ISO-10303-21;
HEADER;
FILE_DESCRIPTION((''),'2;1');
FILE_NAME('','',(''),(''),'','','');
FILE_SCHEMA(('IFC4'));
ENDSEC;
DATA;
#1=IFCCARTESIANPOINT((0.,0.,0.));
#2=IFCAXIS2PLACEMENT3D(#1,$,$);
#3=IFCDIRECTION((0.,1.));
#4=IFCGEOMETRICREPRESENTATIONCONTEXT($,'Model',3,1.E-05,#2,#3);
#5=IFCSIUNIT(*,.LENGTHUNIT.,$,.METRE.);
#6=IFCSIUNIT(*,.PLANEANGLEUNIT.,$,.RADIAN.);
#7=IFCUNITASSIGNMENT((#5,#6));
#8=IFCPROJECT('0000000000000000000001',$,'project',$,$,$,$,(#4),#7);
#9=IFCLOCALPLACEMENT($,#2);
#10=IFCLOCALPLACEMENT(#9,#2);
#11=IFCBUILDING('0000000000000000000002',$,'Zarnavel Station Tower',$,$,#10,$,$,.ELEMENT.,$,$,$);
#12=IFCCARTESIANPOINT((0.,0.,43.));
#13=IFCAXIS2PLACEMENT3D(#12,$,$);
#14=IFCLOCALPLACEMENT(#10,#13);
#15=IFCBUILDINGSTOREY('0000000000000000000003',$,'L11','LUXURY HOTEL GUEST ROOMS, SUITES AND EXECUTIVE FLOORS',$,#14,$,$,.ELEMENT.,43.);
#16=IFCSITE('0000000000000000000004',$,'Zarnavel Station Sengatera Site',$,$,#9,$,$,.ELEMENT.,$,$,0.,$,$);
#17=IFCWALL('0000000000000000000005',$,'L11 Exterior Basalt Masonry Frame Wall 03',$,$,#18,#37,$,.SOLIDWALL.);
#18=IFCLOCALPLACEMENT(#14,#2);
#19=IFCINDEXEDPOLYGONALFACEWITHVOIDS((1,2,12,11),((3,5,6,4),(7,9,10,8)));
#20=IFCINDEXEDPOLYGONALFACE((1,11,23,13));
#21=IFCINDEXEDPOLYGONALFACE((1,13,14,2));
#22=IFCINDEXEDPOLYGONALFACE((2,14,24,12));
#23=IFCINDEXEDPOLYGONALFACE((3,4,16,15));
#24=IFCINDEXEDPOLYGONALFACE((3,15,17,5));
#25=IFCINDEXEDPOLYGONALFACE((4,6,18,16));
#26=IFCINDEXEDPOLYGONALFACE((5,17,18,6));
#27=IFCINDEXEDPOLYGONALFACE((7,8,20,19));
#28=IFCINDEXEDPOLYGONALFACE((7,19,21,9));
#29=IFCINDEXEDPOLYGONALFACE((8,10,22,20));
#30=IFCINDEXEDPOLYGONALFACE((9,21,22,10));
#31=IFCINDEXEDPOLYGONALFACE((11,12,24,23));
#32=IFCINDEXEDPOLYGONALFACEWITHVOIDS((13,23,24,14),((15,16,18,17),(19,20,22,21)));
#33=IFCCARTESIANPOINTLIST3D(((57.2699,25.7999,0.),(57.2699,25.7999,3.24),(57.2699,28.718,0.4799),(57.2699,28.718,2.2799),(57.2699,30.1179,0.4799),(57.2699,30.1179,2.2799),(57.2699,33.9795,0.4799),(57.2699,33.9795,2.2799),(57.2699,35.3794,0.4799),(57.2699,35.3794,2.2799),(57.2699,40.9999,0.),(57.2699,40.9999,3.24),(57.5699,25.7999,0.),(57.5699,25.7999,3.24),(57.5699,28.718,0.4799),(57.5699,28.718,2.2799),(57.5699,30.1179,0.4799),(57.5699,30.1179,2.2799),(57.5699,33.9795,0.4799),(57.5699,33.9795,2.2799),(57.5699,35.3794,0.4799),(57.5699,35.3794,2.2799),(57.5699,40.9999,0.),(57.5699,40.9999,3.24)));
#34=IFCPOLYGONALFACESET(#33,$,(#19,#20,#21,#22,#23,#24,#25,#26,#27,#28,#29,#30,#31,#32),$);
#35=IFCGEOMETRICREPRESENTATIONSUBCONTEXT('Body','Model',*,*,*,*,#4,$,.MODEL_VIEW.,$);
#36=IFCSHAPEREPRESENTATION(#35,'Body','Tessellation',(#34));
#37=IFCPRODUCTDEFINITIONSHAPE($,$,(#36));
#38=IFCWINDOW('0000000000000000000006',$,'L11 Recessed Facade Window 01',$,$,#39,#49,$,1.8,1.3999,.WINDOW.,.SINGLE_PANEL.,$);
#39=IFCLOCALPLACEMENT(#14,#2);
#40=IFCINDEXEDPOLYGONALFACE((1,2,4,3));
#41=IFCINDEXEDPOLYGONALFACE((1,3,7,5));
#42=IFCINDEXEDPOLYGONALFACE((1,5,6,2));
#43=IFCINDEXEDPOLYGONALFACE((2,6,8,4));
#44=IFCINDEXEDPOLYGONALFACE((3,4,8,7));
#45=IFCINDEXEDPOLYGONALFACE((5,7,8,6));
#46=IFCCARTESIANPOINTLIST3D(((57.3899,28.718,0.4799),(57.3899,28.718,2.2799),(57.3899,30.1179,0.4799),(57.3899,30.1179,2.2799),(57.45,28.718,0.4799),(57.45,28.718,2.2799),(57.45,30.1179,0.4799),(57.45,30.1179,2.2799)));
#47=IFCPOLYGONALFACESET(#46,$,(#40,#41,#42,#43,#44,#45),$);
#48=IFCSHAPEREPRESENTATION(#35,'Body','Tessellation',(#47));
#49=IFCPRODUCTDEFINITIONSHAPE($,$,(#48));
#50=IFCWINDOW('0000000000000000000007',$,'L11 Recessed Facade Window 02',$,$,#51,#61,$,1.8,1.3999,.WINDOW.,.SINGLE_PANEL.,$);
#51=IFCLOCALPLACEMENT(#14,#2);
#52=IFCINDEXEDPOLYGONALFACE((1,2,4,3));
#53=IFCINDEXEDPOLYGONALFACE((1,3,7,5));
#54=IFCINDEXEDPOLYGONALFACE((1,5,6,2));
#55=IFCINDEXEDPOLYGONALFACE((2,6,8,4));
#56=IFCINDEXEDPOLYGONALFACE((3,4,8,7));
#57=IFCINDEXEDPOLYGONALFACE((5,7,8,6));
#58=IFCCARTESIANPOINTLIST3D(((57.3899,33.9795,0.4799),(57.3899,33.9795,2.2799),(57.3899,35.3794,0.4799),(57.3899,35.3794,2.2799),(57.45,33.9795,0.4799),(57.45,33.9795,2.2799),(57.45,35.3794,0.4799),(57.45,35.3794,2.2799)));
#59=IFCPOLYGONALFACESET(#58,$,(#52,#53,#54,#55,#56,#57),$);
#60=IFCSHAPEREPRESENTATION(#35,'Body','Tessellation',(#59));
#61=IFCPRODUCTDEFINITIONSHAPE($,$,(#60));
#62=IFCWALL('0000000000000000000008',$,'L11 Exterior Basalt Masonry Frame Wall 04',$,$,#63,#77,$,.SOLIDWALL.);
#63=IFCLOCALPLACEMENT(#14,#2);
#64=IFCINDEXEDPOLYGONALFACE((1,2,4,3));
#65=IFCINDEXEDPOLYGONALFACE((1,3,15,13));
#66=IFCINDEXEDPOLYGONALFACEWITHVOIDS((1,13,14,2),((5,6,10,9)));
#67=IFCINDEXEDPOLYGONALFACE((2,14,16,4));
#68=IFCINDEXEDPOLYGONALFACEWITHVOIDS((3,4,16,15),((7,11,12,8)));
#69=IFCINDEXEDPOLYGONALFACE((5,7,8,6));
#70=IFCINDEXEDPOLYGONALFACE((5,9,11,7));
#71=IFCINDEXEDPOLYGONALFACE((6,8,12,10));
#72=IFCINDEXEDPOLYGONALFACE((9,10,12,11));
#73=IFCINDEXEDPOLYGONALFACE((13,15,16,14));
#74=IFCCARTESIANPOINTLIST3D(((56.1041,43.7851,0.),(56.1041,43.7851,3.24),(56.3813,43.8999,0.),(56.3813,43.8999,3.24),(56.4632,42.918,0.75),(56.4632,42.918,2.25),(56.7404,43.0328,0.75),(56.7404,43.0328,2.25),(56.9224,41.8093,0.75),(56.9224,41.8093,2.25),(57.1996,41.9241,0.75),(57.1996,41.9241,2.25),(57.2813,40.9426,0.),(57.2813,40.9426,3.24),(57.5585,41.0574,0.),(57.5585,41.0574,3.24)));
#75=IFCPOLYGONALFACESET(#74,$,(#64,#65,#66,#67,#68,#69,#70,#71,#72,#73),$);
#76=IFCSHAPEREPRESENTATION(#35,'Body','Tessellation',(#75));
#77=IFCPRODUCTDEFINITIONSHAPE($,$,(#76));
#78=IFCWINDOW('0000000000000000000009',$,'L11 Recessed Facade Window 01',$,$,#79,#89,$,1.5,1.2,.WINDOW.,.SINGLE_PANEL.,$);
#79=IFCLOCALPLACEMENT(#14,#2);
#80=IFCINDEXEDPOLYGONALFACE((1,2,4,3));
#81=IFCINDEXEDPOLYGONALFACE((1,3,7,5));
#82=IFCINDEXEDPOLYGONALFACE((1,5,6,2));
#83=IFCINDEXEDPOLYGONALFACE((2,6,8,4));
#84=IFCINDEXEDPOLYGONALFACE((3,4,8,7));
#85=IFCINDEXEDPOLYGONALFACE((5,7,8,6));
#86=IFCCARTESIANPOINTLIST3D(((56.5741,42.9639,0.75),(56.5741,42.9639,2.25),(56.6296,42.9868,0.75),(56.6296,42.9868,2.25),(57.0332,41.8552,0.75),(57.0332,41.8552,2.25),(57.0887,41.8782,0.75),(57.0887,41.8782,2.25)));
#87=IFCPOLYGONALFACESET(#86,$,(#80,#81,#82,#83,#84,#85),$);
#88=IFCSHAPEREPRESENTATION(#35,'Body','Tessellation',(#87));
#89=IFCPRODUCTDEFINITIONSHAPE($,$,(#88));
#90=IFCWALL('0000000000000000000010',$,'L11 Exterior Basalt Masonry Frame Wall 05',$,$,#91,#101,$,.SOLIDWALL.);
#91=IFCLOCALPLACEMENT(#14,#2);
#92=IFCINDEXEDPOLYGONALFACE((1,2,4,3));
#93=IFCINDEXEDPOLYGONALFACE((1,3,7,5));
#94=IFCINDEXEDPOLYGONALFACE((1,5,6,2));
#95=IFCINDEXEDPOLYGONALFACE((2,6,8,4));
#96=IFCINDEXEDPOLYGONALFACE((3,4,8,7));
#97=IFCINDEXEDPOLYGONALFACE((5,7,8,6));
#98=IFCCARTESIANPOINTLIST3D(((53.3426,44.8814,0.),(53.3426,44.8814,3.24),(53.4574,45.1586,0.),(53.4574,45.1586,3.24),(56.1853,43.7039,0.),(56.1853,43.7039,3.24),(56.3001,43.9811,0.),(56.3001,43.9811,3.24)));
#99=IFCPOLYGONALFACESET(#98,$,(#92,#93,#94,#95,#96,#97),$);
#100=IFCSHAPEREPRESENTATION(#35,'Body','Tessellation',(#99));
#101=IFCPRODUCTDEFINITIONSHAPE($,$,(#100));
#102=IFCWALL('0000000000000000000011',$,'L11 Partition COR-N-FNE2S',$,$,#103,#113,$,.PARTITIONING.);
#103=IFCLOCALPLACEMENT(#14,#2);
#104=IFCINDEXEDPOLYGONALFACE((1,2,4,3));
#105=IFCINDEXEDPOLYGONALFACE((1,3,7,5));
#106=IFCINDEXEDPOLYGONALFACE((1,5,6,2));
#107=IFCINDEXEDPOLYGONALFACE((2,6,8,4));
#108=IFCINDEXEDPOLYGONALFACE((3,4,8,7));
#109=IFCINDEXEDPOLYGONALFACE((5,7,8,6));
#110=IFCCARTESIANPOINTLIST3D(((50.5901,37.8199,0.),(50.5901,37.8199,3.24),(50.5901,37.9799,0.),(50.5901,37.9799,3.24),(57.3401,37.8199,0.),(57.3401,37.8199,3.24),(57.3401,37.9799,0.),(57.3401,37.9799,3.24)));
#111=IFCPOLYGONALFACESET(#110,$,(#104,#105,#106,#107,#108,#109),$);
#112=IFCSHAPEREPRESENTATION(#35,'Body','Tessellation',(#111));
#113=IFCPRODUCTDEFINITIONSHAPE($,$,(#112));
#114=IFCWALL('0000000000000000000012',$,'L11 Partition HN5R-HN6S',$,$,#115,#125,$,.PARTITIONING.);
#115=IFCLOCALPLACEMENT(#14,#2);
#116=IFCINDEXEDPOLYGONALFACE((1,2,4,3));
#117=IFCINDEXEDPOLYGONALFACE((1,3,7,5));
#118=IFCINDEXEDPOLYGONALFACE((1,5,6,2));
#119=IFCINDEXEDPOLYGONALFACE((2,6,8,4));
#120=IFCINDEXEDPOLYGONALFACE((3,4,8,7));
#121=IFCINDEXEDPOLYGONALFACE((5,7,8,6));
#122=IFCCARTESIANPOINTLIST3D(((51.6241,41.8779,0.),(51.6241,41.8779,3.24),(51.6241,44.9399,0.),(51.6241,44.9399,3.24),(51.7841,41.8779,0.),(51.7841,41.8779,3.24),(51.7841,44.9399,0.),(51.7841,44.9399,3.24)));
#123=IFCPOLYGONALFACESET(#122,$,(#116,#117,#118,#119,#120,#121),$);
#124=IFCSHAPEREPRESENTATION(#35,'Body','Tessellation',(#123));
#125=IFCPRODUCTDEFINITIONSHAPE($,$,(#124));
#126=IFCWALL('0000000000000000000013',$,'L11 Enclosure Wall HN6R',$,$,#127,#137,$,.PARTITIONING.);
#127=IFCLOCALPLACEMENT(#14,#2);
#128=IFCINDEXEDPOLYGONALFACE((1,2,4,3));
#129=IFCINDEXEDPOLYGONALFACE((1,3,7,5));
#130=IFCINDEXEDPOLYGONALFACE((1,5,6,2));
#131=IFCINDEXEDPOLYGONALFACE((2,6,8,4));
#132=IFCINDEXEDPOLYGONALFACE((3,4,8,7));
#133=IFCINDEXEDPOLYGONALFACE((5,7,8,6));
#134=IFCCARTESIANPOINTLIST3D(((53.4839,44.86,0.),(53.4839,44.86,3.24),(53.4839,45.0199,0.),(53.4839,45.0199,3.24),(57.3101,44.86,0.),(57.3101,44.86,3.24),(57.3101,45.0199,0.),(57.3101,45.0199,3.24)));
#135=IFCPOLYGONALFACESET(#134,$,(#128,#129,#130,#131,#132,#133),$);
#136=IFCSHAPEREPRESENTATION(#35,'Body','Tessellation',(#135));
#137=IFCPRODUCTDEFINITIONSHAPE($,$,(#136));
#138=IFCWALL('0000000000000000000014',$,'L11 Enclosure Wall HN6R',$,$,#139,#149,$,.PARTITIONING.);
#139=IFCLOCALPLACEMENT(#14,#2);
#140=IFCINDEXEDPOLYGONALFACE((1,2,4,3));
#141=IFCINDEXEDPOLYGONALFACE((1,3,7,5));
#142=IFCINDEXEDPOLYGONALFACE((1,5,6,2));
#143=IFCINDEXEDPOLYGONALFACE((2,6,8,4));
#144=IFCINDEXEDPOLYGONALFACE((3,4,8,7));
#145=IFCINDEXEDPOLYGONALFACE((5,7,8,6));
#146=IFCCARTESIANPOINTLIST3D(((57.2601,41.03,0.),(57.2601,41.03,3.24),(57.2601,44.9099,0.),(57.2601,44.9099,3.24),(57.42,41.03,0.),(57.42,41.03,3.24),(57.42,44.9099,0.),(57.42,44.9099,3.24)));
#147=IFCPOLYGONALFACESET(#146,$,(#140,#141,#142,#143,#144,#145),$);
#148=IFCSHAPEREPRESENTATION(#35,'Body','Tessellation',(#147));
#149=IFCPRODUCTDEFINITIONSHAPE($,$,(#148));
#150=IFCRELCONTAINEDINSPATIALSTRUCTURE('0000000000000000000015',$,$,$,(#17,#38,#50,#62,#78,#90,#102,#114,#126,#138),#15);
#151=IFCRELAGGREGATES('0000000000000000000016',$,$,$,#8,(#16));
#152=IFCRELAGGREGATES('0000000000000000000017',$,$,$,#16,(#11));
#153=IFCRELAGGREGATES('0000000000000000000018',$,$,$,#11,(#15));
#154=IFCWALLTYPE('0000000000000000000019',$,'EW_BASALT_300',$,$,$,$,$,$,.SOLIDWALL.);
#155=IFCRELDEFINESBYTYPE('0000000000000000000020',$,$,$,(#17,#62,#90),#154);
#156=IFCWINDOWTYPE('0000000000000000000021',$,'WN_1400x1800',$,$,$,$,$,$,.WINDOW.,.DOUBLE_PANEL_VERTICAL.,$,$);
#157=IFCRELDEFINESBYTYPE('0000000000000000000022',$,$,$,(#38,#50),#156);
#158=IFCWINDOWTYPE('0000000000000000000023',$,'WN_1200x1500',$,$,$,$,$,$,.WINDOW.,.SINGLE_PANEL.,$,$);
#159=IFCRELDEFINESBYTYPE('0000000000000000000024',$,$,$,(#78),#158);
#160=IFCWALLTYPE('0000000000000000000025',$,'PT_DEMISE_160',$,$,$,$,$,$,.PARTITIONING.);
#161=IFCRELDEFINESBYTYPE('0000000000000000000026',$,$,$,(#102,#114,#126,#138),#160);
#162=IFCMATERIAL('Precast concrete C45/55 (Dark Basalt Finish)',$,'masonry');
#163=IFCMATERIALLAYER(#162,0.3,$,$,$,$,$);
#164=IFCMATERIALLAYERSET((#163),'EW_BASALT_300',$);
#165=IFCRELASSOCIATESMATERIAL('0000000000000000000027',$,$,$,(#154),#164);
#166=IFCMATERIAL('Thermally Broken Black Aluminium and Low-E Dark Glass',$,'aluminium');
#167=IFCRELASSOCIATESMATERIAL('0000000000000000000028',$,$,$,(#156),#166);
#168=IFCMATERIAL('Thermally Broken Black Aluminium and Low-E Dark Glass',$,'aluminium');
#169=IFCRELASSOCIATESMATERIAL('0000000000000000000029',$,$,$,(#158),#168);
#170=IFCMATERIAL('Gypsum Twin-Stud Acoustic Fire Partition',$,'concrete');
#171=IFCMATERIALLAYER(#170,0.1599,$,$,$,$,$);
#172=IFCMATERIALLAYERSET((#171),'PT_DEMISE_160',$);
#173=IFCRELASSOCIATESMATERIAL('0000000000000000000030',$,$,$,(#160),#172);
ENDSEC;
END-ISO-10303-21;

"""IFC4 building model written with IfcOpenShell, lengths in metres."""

from ifc_helpers import new_model, si_unit, direction, frame, frame_2d, origin, place, context, subcontext, project, spatial, rectangle, extrude, material, layer, layer_set, type_object, element, fill, save


model = new_model("IFC4")

# Units and contexts
model_context = context("Model", 3, precision=1e-05, world=origin(), true_north=direction((0.0, 1.0)))
body_context = subcontext(model_context, "Body", "Model", "MODEL_VIEW")
ifc_project = project(units=[si_unit("LENGTHUNIT", "METRE"), si_unit("PLANEANGLEUNIT", "RADIAN")], contexts=[model_context])

# Site, building, storey
site_placement = place(None, origin())
site = spatial("IfcSite", under=ifc_project, at=site_placement, Name="Zarnavel Station Sengatera Site", CompositionType="ELEMENT", RefElevation=0.0)
building_placement = place(site_placement, origin())
building = spatial("IfcBuilding", under=site, at=building_placement, Name="Zarnavel Station Tower", CompositionType="ELEMENT")
storey_placement = place(building_placement, frame((0.0, 0.0, 43.0)))
storey = spatial("IfcBuildingStorey", under=building, at=storey_placement, Name="L11", Description="LUXURY HOTEL GUEST ROOMS, SUITES AND EXECUTIVE FLOORS", CompositionType="ELEMENT", Elevation=43.0)

# Wall, openings, windows
ifc_material_1 = material(Name="Precast concrete C45/55 (Dark Basalt Finish)", Category="masonry")
ifc_layer_1 = layer(ifc_material_1, 0.3)
ifc_layer_set_1 = layer_set([ifc_layer_1], Name="EW_BASALT_300")
wall_type_1 = type_object("IfcWallType", Name="EW_BASALT_300", PredefinedType="SOLIDWALL", material=ifc_layer_set_1)
wall_1_placement = place(storey_placement, frame((57.4199, 41.0, 0.0), z_axis=(0.0, 0.0, 1.0), x_axis=(0.0, -1.0, 0.0)))
wall_1 = element("IfcWall", 1, at=wall_1_placement, inside=storey, type_object=wall_type_1, Name="L11 Exterior Basalt Masonry Frame Wall 03", PredefinedType="SOLIDWALL", context=body_context, shape_type="SweptSolid", body=[
    extrude(rectangle(XDim=15.2, YDim=0.3, at=frame_2d((7.6001, 0.0))), origin(), (0.0, 0.0, 1.0), 3.24),
])
opening_1_placement = place(wall_1_placement, frame((10.8821, 0.0, 0.48)))
opening_1 = element("IfcOpeningElement", 2, at=opening_1_placement, cuts=wall_1, PredefinedType="OPENING", context=body_context, shape_type="SweptSolid", body=[
    extrude(rectangle(XDim=1.3999, YDim=1.8, at=frame_2d((0.7, 0.8999))), frame((0.0, 0.1599, 0.0), z_axis=(0.0, -1.0, 0.0), x_axis=(1.0, 0.0, 0.0)), (0.0, 0.0, 1.0), 0.3201),
])
opening_2_placement = place(wall_1_placement, frame((5.6206, 0.0, 0.48)))
opening_2 = element("IfcOpeningElement", 3, at=opening_2_placement, cuts=wall_1, PredefinedType="OPENING", context=body_context, shape_type="SweptSolid", body=[
    extrude(rectangle(XDim=1.3999, YDim=1.8, at=frame_2d((0.7, 0.8999))), frame((0.0, 0.1599, 0.0), z_axis=(0.0, -1.0, 0.0), x_axis=(1.0, 0.0, 0.0)), (0.0, 0.0, 1.0), 0.3201),
])
ifc_material_2 = material(Name="Thermally Broken Black Aluminium and Low-E Dark Glass", Category="aluminium")
window_type_1 = type_object("IfcWindowType", Name="WN_1400x1800", PartitioningType="DOUBLE_PANEL_VERTICAL", PredefinedType="WINDOW", material=ifc_material_2)
window_1_placement = place(opening_1_placement, origin())
window_1 = element("IfcWindow", 4, at=window_1_placement, inside=storey, type_object=window_type_1, Name="L11 Recessed Facade Window 01", OverallHeight=1.8, OverallWidth=1.3999, PartitioningType="SINGLE_PANEL", PredefinedType="WINDOW", context=body_context, shape_type="SweptSolid", body=[
    extrude(rectangle(XDim=1.3999, YDim=1.8, at=frame_2d((0.7, 0.8999))), frame((0.0, 0.03, 0.0), z_axis=(0.0, -1.0, 0.0), x_axis=(1.0, 0.0, 0.0)), (0.0, 0.0, 1.0), 0.0601),
])
fill(opening_1, window_1)
window_2_placement = place(opening_2_placement, origin())
window_2 = element("IfcWindow", 5, at=window_2_placement, inside=storey, type_object=window_type_1, Name="L11 Recessed Facade Window 02", OverallHeight=1.8, OverallWidth=1.3999, PartitioningType="SINGLE_PANEL", PredefinedType="WINDOW", context=body_context, shape_type="SweptSolid", body=[
    extrude(rectangle(XDim=1.3999, YDim=1.8, at=frame_2d((0.7, 0.8999))), frame((0.0, 0.03, 0.0), z_axis=(0.0, -1.0, 0.0), x_axis=(1.0, 0.0, 0.0)), (0.0, 0.0, 1.0), 0.0601),
])
fill(opening_2, window_2)

# Wall, opening, window
wall_2_placement = place(storey_placement, frame((56.2427, 43.8425, 0.0), z_axis=(0.0, 0.0, 1.0), x_axis=(0.382637, -0.923899, 0.0)))
wall_2 = element("IfcWall", 6, at=wall_2_placement, inside=storey, type_object=wall_type_1, Name="L11 Exterior Basalt Masonry Frame Wall 04", PredefinedType="SOLIDWALL", context=body_context, shape_type="SweptSolid", body=[
    extrude(rectangle(XDim=3.0767, YDim=0.3, at=frame_2d((1.5383, 0.0))), origin(), (0.0, 0.0, 1.0), 3.24),
])
opening_3_placement = place(wall_2_placement, frame((0.9385, 0.0, 0.75)))
opening_3 = element("IfcOpeningElement", 7, at=opening_3_placement, cuts=wall_2, PredefinedType="OPENING", context=body_context, shape_type="SweptSolid", body=[
    extrude(rectangle(XDim=1.2, YDim=1.5, at=frame_2d((0.6001, 0.75))), frame((0.0, 0.1599, 0.0), z_axis=(0.0, -1.0, 0.0), x_axis=(1.0, 0.0, 0.0)), (0.0, 0.0, 1.0), 0.3201),
])
ifc_material_3 = material(Name="Thermally Broken Black Aluminium and Low-E Dark Glass", Category="aluminium")
window_type_2 = type_object("IfcWindowType", Name="WN_1200x1500", PartitioningType="SINGLE_PANEL", PredefinedType="WINDOW", material=ifc_material_3)
window_3_placement = place(opening_3_placement, origin())
window_3 = element("IfcWindow", 8, at=window_3_placement, inside=storey, type_object=window_type_2, Name="L11 Recessed Facade Window 01", OverallHeight=1.5, OverallWidth=1.2, PartitioningType="SINGLE_PANEL", PredefinedType="WINDOW", context=body_context, shape_type="SweptSolid", body=[
    extrude(rectangle(XDim=1.2, YDim=1.5, at=frame_2d((0.6001, 0.75))), frame((0.0, 0.03, 0.0), z_axis=(0.0, -1.0, 0.0), x_axis=(1.0, 0.0, 0.0)), (0.0, 0.0, 1.0), 0.0601),
])
fill(opening_3, window_3)

# Walls
wall_3_placement = place(storey_placement, frame((53.3999, 45.02, 0.0), z_axis=(0.0, 0.0, 1.0), x_axis=(0.923882, -0.382676, 0.0)))
element("IfcWall", 9, at=wall_3_placement, inside=storey, type_object=wall_type_1, Name="L11 Exterior Basalt Masonry Frame Wall 05", PredefinedType="SOLIDWALL", context=body_context, shape_type="SweptSolid", body=[
    extrude(rectangle(XDim=3.0769, YDim=0.3, at=frame_2d((1.5386, 0.0))), origin(), (0.0, 0.0, 1.0), 3.24),
])
ifc_material_4 = material(Name="Gypsum Twin-Stud Acoustic Fire Partition", Category="concrete")
ifc_layer_2 = layer(ifc_material_4, 0.1599)
ifc_layer_set_2 = layer_set([ifc_layer_2], Name="PT_DEMISE_160")
wall_type_2 = type_object("IfcWallType", Name="PT_DEMISE_160", PredefinedType="PARTITIONING", material=ifc_layer_set_2)
wall_4_placement = place(storey_placement, frame((50.5901, 37.8999, 0.0), z_axis=(0.0, 0.0, 1.0), x_axis=(1.0, 0.0, 0.0)))
element("IfcWall", 10, at=wall_4_placement, inside=storey, type_object=wall_type_2, Name="L11 Partition COR-N-FNE2S", PredefinedType="PARTITIONING", context=body_context, shape_type="SweptSolid", body=[
    extrude(rectangle(XDim=6.75, YDim=0.1599, at=frame_2d((3.375, 0.0))), origin(), (0.0, 0.0, 1.0), 3.24),
])

# Walls
wall_5_placement = place(storey_placement, frame((51.7041, 41.8779, 0.0), z_axis=(0.0, 0.0, 1.0), x_axis=(0.0, 1.0, 0.0)))
element("IfcWall", 11, at=wall_5_placement, inside=storey, type_object=wall_type_2, Name="L11 Partition HN5R-HN6S", PredefinedType="PARTITIONING", context=body_context, shape_type="SweptSolid", body=[
    extrude(rectangle(XDim=3.062, YDim=0.1599, at=frame_2d((1.531, 0.0))), origin(), (0.0, 0.0, 1.0), 3.24),
])
wall_6_placement = place(storey_placement, frame((53.4839, 44.9399, 0.0), z_axis=(0.0, 0.0, 1.0), x_axis=(1.0, 0.0, 0.0)))
element("IfcWall", 12, at=wall_6_placement, inside=storey, type_object=wall_type_2, Name="L11 Enclosure Wall HN6R", PredefinedType="PARTITIONING", context=body_context, shape_type="SweptSolid", body=[
    extrude(rectangle(XDim=3.8262, YDim=0.1599, at=frame_2d((1.9131, 0.0))), origin(), (0.0, 0.0, 1.0), 3.24),
])
wall_7_placement = place(storey_placement, frame((57.3401, 41.03, 0.0), z_axis=(0.0, 0.0, 1.0), x_axis=(0.0, 1.0, 0.0)))
element("IfcWall", 13, at=wall_7_placement, inside=storey, type_object=wall_type_2, Name="L11 Enclosure Wall HN6R", PredefinedType="PARTITIONING", context=body_context, shape_type="SweptSolid", body=[
    extrude(rectangle(XDim=3.8799, YDim=0.1599, at=frame_2d((1.9399, 0.0))), origin(), (0.0, 0.0, 1.0), 3.24),
])

save(model, "model.ifc")
